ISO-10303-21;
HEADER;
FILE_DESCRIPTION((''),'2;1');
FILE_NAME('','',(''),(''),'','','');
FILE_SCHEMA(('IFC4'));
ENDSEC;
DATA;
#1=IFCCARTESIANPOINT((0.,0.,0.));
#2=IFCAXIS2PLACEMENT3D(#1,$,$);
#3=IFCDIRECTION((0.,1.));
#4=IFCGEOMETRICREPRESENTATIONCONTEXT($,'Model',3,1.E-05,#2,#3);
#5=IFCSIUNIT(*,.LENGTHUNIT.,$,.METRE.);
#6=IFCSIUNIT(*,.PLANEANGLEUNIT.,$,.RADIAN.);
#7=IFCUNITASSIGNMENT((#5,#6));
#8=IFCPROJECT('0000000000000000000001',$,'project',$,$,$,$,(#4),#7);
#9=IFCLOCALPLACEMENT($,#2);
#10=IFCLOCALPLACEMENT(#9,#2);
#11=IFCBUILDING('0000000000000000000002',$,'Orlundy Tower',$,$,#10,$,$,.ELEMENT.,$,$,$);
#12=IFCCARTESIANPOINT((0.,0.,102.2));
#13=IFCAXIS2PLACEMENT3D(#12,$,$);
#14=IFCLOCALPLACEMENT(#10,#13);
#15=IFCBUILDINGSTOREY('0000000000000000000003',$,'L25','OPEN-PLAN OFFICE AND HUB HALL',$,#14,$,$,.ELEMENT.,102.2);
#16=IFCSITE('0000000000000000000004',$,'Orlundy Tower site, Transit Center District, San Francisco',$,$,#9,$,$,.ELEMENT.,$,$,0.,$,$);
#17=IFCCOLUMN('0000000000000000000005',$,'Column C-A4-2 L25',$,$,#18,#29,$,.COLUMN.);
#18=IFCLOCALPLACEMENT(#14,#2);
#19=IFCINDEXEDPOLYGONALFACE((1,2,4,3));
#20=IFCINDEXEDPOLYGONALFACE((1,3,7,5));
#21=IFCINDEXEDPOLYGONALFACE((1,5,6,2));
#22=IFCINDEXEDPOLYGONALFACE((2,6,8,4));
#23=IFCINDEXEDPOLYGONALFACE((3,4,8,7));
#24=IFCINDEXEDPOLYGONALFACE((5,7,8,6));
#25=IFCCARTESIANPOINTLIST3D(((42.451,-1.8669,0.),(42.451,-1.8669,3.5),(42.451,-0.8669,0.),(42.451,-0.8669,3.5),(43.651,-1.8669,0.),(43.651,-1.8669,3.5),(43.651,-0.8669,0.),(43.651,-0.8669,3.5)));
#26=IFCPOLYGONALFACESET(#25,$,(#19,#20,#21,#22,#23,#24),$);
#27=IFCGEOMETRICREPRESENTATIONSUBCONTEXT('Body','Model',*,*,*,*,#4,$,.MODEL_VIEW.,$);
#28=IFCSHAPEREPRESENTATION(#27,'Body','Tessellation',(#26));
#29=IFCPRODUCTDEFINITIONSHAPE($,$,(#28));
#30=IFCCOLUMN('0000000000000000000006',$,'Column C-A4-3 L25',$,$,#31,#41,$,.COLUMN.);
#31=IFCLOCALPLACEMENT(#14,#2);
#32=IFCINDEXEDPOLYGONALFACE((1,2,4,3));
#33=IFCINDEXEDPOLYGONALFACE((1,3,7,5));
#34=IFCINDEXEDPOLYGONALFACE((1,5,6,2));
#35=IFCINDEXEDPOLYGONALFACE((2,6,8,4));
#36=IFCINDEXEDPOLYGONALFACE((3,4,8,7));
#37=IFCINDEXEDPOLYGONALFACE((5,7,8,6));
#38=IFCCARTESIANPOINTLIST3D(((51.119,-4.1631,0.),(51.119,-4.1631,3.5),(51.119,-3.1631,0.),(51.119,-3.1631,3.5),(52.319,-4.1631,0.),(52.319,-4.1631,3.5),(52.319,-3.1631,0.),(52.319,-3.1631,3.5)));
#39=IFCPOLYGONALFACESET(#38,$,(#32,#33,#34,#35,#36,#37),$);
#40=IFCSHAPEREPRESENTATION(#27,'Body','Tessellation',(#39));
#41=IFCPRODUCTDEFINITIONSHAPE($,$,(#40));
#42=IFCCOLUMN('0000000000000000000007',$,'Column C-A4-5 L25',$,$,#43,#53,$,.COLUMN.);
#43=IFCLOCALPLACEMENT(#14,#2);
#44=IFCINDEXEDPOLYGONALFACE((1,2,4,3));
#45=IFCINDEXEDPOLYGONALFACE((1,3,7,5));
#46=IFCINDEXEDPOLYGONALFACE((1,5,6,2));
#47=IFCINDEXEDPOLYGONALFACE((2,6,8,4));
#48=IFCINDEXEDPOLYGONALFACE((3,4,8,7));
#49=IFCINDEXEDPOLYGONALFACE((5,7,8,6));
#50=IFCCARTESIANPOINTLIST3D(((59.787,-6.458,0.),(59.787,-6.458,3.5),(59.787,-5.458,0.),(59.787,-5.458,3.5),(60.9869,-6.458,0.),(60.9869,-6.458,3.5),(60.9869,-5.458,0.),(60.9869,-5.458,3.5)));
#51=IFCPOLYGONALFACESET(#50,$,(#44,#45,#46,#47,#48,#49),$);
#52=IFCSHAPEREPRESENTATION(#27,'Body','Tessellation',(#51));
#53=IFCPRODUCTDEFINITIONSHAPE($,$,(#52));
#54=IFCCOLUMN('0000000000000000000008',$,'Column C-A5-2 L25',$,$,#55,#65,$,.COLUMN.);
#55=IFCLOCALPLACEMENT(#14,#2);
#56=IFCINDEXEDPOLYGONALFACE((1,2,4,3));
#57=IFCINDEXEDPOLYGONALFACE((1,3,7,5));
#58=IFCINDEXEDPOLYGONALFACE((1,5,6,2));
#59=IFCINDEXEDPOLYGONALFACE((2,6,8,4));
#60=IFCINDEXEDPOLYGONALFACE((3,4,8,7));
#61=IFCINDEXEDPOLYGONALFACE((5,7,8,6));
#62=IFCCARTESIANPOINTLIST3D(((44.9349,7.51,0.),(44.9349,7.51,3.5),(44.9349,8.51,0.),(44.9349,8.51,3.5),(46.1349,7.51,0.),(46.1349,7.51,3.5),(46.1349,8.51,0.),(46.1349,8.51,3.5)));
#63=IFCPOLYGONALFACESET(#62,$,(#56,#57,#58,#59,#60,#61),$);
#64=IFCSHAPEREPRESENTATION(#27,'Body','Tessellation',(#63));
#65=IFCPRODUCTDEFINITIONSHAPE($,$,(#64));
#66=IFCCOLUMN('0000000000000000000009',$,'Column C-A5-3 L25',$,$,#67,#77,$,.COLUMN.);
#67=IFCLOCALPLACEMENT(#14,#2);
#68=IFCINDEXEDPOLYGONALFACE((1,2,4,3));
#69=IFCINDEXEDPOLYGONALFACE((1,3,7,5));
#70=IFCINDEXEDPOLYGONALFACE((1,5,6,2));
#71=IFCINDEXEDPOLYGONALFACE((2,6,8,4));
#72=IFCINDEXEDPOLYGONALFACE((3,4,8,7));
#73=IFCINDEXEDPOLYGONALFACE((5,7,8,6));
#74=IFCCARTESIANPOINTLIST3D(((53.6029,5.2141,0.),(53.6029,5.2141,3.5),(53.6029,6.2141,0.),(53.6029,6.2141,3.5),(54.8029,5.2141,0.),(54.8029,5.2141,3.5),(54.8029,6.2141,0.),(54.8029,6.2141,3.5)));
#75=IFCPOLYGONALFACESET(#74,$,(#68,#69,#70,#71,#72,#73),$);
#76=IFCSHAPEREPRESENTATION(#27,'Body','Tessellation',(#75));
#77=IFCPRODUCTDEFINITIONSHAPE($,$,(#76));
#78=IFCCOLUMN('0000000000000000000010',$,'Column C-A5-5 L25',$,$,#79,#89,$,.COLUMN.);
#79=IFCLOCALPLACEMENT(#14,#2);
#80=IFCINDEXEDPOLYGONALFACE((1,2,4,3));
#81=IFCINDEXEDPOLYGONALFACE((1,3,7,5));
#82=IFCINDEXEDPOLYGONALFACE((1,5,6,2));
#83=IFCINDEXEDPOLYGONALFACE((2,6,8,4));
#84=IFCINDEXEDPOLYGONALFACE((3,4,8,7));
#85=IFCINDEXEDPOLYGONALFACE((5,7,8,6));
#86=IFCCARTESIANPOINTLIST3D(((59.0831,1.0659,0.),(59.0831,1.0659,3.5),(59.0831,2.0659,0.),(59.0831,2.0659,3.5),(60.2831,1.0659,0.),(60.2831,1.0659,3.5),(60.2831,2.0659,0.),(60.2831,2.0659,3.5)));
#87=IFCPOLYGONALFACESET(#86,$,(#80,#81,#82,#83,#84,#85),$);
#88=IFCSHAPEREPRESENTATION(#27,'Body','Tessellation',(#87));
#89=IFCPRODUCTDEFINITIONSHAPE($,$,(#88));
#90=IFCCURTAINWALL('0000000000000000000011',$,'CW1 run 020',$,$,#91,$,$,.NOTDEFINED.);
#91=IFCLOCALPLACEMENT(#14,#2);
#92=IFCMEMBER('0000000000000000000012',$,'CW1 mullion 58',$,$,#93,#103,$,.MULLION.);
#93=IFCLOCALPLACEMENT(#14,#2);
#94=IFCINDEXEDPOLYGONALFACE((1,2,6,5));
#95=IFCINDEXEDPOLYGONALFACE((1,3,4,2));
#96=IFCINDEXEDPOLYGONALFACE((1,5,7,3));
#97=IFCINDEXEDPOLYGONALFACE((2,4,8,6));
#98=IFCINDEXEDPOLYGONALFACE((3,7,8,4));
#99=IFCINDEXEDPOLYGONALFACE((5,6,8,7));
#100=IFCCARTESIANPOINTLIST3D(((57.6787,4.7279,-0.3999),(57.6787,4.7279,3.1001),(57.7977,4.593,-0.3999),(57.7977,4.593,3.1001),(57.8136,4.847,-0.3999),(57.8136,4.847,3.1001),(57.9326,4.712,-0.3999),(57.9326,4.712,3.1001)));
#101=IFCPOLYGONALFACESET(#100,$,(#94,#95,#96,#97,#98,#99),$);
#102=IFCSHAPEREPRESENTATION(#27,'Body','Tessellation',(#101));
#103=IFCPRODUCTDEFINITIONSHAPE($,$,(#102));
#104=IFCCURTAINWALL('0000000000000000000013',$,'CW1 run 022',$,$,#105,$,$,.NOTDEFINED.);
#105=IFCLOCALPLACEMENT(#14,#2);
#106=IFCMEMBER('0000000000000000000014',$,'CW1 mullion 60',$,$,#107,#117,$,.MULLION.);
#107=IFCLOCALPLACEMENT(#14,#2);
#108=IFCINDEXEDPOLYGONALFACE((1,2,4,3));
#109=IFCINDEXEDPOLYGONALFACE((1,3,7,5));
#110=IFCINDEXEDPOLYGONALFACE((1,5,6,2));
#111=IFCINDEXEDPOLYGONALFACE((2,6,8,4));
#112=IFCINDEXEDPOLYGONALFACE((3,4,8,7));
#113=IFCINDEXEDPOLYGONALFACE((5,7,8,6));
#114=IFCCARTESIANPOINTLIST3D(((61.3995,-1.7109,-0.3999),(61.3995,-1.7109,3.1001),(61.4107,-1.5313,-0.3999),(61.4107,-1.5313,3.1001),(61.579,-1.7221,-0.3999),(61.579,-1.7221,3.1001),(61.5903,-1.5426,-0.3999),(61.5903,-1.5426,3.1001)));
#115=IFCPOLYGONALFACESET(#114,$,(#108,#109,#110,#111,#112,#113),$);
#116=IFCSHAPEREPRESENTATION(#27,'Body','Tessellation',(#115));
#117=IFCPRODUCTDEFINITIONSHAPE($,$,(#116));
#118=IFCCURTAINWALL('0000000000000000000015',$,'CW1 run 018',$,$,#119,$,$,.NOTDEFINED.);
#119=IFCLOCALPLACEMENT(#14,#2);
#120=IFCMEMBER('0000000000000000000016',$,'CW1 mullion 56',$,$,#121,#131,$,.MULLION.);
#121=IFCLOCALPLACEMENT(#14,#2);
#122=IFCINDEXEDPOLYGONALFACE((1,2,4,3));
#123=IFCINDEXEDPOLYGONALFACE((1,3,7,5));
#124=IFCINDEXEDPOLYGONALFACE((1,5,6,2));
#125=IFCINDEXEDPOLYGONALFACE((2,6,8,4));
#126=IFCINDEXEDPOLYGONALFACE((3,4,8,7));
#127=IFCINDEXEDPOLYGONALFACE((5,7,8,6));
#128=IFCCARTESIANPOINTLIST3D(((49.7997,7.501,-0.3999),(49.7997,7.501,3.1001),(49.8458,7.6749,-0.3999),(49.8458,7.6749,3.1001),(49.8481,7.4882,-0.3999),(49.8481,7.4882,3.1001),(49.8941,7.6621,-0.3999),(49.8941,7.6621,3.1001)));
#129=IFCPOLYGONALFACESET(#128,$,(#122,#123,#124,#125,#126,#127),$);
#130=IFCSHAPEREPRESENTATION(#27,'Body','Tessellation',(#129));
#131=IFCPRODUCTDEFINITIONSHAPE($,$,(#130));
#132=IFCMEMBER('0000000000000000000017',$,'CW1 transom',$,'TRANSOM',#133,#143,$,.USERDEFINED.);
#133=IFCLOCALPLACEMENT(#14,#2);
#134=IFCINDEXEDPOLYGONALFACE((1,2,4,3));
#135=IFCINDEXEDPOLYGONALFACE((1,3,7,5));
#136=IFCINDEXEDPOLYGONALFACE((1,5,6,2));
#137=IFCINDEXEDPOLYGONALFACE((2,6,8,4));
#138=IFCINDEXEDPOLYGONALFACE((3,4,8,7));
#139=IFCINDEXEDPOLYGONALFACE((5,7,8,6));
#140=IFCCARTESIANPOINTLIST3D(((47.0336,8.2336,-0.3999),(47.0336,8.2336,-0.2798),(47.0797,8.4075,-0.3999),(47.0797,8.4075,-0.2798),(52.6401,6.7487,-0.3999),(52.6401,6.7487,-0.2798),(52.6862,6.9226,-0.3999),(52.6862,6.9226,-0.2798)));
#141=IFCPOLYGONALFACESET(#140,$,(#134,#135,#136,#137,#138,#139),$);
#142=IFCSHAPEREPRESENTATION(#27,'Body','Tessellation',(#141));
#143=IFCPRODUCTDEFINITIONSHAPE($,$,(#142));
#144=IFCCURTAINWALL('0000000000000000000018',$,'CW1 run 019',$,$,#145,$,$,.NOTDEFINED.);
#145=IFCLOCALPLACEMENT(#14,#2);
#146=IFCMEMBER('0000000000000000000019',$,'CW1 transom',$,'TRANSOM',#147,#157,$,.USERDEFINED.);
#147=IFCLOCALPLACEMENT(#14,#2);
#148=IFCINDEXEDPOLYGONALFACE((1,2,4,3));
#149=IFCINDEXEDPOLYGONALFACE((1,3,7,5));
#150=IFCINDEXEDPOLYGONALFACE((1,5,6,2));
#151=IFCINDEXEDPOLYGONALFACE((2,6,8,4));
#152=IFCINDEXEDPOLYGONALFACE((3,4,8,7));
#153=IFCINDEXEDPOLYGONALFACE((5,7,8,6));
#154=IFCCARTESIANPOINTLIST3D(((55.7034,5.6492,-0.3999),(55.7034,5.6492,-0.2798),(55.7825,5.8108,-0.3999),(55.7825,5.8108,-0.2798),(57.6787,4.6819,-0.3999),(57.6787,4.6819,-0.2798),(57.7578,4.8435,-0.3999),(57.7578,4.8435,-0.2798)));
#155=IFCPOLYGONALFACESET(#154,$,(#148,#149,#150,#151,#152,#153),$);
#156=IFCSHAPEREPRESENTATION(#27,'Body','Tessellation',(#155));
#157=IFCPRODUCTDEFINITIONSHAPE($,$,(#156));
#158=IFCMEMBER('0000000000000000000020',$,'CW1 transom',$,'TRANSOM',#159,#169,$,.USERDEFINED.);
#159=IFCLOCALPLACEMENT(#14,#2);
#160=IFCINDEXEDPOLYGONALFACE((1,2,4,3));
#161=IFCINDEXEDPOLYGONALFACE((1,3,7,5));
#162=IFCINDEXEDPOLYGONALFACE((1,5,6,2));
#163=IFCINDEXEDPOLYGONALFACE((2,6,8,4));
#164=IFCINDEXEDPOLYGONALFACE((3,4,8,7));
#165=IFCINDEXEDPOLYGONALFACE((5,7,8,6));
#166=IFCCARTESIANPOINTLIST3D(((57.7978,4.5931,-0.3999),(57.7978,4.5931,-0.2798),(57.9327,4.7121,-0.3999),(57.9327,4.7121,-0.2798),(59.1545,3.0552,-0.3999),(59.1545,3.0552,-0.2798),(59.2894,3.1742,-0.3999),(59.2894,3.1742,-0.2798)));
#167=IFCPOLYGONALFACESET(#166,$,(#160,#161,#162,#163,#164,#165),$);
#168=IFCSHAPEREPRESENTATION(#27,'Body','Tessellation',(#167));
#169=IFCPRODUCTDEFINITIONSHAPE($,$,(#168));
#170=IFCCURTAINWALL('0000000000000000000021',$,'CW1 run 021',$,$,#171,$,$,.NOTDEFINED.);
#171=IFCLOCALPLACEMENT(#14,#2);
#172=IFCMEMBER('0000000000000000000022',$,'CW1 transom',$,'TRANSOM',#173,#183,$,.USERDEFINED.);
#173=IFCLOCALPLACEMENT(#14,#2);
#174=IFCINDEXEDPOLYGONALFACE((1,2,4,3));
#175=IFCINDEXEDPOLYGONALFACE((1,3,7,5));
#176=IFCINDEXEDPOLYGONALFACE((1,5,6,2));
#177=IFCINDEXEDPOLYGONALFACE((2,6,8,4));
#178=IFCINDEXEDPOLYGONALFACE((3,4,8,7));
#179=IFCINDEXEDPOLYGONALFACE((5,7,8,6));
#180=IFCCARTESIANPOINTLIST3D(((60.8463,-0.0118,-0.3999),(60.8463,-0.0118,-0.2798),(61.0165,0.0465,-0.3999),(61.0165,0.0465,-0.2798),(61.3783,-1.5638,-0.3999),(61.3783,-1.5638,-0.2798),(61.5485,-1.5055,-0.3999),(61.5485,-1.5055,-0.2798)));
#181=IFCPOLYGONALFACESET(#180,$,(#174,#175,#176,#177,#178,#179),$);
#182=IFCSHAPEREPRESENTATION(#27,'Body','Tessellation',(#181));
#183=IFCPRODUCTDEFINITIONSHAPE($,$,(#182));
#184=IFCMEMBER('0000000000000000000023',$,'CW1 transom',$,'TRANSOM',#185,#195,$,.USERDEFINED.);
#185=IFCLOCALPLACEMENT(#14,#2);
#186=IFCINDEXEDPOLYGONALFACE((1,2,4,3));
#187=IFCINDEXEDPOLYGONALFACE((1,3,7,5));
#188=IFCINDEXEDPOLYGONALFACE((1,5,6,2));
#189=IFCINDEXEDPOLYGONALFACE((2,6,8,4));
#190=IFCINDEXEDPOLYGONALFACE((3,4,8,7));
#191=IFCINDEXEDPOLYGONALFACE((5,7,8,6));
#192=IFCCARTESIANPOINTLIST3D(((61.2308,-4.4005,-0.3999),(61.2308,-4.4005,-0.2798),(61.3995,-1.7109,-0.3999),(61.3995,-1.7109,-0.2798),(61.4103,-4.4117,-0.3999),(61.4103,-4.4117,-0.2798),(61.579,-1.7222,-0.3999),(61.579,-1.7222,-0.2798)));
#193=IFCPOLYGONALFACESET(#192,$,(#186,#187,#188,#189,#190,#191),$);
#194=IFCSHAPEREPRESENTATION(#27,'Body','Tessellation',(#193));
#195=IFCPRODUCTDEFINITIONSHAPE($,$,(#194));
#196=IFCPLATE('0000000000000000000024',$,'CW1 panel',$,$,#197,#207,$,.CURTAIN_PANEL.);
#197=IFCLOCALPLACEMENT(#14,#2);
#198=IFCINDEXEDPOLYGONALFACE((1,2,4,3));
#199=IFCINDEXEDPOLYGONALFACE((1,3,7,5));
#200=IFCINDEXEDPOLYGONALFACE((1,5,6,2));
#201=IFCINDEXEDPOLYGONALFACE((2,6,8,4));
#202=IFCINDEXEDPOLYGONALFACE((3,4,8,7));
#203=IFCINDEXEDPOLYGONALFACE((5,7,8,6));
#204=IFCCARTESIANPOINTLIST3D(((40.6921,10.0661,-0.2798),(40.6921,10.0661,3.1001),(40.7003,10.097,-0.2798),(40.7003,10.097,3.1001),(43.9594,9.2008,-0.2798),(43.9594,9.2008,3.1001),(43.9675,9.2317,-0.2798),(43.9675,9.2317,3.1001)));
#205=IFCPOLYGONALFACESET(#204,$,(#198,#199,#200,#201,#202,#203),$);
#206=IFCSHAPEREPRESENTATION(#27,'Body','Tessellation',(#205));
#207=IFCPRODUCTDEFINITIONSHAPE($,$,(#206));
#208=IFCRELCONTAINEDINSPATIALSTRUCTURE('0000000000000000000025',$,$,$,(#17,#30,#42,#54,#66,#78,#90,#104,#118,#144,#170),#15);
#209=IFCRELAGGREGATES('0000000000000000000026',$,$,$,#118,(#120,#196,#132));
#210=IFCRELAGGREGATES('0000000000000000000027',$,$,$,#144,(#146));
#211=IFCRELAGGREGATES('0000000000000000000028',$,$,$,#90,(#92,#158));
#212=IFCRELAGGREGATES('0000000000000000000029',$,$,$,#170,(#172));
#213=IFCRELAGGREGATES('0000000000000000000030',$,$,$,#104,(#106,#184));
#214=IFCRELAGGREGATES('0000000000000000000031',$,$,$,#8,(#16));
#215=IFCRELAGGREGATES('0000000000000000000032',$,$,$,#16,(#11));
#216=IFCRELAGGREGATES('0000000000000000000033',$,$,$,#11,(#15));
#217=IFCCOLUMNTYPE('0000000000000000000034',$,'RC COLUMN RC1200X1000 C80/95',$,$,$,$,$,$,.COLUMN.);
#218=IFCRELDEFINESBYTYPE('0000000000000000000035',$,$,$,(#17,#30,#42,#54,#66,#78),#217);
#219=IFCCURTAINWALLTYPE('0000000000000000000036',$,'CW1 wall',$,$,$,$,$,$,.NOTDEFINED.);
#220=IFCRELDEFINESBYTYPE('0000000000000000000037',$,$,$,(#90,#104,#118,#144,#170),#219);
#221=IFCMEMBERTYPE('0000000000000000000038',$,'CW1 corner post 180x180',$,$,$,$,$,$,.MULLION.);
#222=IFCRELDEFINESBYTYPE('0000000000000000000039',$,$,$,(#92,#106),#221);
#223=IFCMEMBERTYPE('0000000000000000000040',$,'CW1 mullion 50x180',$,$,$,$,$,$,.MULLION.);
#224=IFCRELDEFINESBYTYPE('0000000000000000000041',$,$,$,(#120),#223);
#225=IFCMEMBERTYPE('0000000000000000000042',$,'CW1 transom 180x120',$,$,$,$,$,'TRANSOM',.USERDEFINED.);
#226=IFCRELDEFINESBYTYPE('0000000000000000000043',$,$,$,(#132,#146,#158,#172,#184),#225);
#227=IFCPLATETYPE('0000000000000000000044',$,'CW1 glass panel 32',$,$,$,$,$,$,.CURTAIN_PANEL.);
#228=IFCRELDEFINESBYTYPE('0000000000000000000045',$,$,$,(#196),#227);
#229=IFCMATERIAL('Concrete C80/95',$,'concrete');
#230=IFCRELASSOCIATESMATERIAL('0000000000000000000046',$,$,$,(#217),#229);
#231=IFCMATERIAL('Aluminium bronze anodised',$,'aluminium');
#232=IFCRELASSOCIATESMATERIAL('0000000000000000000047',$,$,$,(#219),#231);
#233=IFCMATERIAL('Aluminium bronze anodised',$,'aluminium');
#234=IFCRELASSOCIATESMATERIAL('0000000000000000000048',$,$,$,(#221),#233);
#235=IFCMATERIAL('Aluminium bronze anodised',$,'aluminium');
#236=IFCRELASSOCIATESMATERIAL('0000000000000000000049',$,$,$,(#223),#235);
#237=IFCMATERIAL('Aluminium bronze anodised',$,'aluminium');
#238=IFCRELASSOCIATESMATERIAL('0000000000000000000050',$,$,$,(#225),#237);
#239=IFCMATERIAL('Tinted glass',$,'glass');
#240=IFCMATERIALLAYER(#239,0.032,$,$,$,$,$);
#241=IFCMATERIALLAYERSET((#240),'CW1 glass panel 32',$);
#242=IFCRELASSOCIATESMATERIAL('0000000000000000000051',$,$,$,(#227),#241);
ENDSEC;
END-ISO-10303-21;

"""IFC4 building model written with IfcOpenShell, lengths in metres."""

from ifc_helpers import new_model, si_unit, direction, frame, origin, origin_2d, place, context, subcontext, project, spatial, rectangle, extrude, material, layer, layer_set, material_profile, profile_set, type_object, element, aggregate, save


model = new_model("IFC4")

# Units and contexts
model_context = context("Model", 3, precision=1e-05, world=origin(), true_north=direction((0.0, 1.0)))
body_context = subcontext(model_context, "Body", "Model", "MODEL_VIEW")
ifc_project = project(units=[si_unit("LENGTHUNIT", "METRE"), si_unit("PLANEANGLEUNIT", "RADIAN")], contexts=[model_context])

# Site, building, storey
site_placement = place(None, origin())
site = spatial("IfcSite", under=ifc_project, at=site_placement, Name="Orlundy Tower site, Transit Center District, San Francisco", CompositionType="ELEMENT", RefElevation=0.0)
building_placement = place(site_placement, origin())
building = spatial("IfcBuilding", under=site, at=building_placement, Name="Orlundy Tower", CompositionType="ELEMENT")
storey_placement = place(building_placement, frame((0.0, 0.0, 102.2)))
storey = spatial("IfcBuildingStorey", under=building, at=storey_placement, Name="L25", Description="OPEN-PLAN OFFICE AND HUB HALL", CompositionType="ELEMENT", Elevation=102.2)

# Columns
ifc_material_1 = material(Name="Concrete C80/95", Category="concrete")
ifc_material_profile_1 = material_profile(ifc_material_1, rectangle(XDim=1.2, YDim=1.0, at=origin_2d()), Name="RC1200X1000")
ifc_profile_set_1 = profile_set([ifc_material_profile_1], Name="Concrete C80/95")
column_type = type_object("IfcColumnType", Name="RC COLUMN RC1200X1000 C80/95", PredefinedType="COLUMN", material=ifc_profile_set_1)
for number, where, z_axis, x_axis, name in (
    (1, (43.051, -1.3669, 0.0), (0.0, 0.0, 1.0), (1.0, 0.0, 0.0), "Column C-A4-2 L25"),
    (2, (51.719, -3.6631, 0.0), (0.0, 0.0, 1.0), (1.0, 0.0, 0.0), "Column C-A4-3 L25"),
    (3, (60.387, -5.958, 0.0), (0.0, 0.0, 1.0), (1.0, 0.0, 0.0), "Column C-A4-5 L25"),
    (4, (45.5349, 8.01, 0.0), (0.0, 0.0, 1.0), (1.0, 0.0, 0.0), "Column C-A5-2 L25"),
    (5, (54.2029, 5.7141, 0.0), (0.0, 0.0, 1.0), (1.0, 0.0, 0.0), "Column C-A5-3 L25"),
    (6, (59.6831, 1.5659, 0.0), (0.0, 0.0, 1.0), (1.0, 0.0, 0.0), "Column C-A5-5 L25"),
):
    element("IfcColumn", number, at=place(storey_placement, frame(where, z_axis=z_axis, x_axis=x_axis)), inside=storey, type_object=column_type, Name=name, PredefinedType="COLUMN", context=body_context, shape_type="SweptSolid", body=[
        extrude(rectangle(XDim=1.2, YDim=1.0, at=origin_2d()), origin(), (0.0, 0.0, 1.0), 3.5),
    ])

# Curtain walls, members
ifc_material_2 = material(Name="Aluminium bronze anodised", Category="aluminium")
curtain_wall_type = type_object("IfcCurtainWallType", Name="CW1 wall", PredefinedType="NOTDEFINED", material=ifc_material_2)
curtain_wall_1_placement = place(storey_placement, origin())
curtain_wall_1 = element("IfcCurtainWall", 7, at=curtain_wall_1_placement, inside=storey, type_object=curtain_wall_type, Name="CW1 run 020", PredefinedType="NOTDEFINED")
ifc_material_3 = material(Name="Aluminium bronze anodised", Category="aluminium")
ifc_material_profile_2 = material_profile(ifc_material_3, rectangle(XDim=0.1799, YDim=0.1799, at=origin_2d()), Name="CW1 corner post 180x180")
ifc_profile_set_2 = profile_set([ifc_material_profile_2], Name="Aluminium bronze anodised")
member_type_1 = type_object("IfcMemberType", Name="CW1 corner post 180x180", PredefinedType="MULLION", material=ifc_profile_set_2)
member_1_placement = place(storey_placement, frame((57.8057, 4.72, -0.3999), z_axis=(0.0, 0.0, 1.0), x_axis=(0.749846, 0.661613, 0.0)))
member_1 = element("IfcMember", 8, at=member_1_placement, type_object=member_type_1, Name="CW1 mullion 58", PredefinedType="MULLION", context=body_context, shape_type="SweptSolid", body=[
    extrude(rectangle(XDim=0.1799, YDim=0.1799, at=origin_2d()), origin(), (0.0, 0.0, 1.0), 3.5),
])
curtain_wall_2_placement = place(storey_placement, origin())
curtain_wall_2 = element("IfcCurtainWall", 9, at=curtain_wall_2_placement, inside=storey, type_object=curtain_wall_type, Name="CW1 run 022", PredefinedType="NOTDEFINED")
member_2_placement = place(storey_placement, frame((61.4949, -1.6267, -0.3999), z_axis=(0.0, 0.0, 1.0), x_axis=(0.998039, -0.062597, 0.0)))
member_2 = element("IfcMember", 10, at=member_2_placement, type_object=member_type_1, Name="CW1 mullion 60", PredefinedType="MULLION", context=body_context, shape_type="SweptSolid", body=[
    extrude(rectangle(XDim=0.1799, YDim=0.1799, at=origin_2d()), origin(), (0.0, 0.0, 1.0), 3.5),
])

# Curtain wall, members
curtain_wall_3_placement = place(storey_placement, origin())
curtain_wall_3 = element("IfcCurtainWall", 11, at=curtain_wall_3_placement, inside=storey, type_object=curtain_wall_type, Name="CW1 run 018", PredefinedType="NOTDEFINED")
ifc_material_4 = material(Name="Aluminium bronze anodised", Category="aluminium")
ifc_material_profile_3 = material_profile(ifc_material_4, rectangle(XDim=0.1799, YDim=0.05, at=origin_2d()), Name="CW1 mullion 50x180")
ifc_profile_set_3 = profile_set([ifc_material_profile_3], Name="Aluminium bronze anodised")
member_type_2 = type_object("IfcMemberType", Name="CW1 mullion 50x180", PredefinedType="MULLION", material=ifc_profile_set_3)
member_3_placement = place(storey_placement, frame((49.8469, 7.5815, -0.3999), z_axis=(0.0, 0.0, 1.0), x_axis=(0.25602, 0.966672, 0.0)))
member_3 = element("IfcMember", 12, at=member_3_placement, type_object=member_type_2, Name="CW1 mullion 56", PredefinedType="MULLION", context=body_context, shape_type="SweptSolid", body=[
    extrude(rectangle(XDim=0.1799, YDim=0.05, at=origin_2d()), origin(), (0.0, 0.0, 1.0), 3.5),
])
ifc_material_5 = material(Name="Aluminium bronze anodised", Category="aluminium")
ifc_material_profile_4 = material_profile(ifc_material_5, rectangle(XDim=0.1799, YDim=0.1201, at=origin_2d()), Name="CW1 transom 180x120")
ifc_profile_set_4 = profile_set([ifc_material_profile_4], Name="Aluminium bronze anodised")
member_type_3 = type_object("IfcMemberType", Name="CW1 transom 180x120", ElementType="TRANSOM", PredefinedType="USERDEFINED", material=ifc_profile_set_4)
member_4_placement = place(storey_placement, frame((47.0566, 8.3206, -0.3398), z_axis=(0.966671, -0.256022, 0.0), x_axis=(0.256022, 0.966671, 0.0)))
member_4 = element("IfcMember", 13, at=member_4_placement, type_object=member_type_3, Name="CW1 transom", ObjectType="TRANSOM", PredefinedType="USERDEFINED", context=body_context, shape_type="SweptSolid", body=[
    extrude(rectangle(XDim=0.1799, YDim=0.1201, at=origin_2d()), origin(), (0.0, 0.0, 1.0), 5.7998),
])

# Curtain wall, member
curtain_wall_4_placement = place(storey_placement, origin())
curtain_wall_4 = element("IfcCurtainWall", 14, at=curtain_wall_4_placement, inside=storey, type_object=curtain_wall_type, Name="CW1 run 019", PredefinedType="NOTDEFINED")
member_5_placement = place(storey_placement, frame((55.7429, 5.73, -0.3398), z_axis=(0.898104, -0.439783, 0.0), x_axis=(0.439783, 0.898104, 0.0)))
member_5 = element("IfcMember", 15, at=member_5_placement, type_object=member_type_3, Name="CW1 transom", ObjectType="TRANSOM", PredefinedType="USERDEFINED", context=body_context, shape_type="SweptSolid", body=[
    extrude(rectangle(XDim=0.1799, YDim=0.1201, at=origin_2d()), origin(), (0.0, 0.0, 1.0), 2.1995),
])

# Member
member_6_placement = place(storey_placement, frame((57.8652, 4.6526, -0.3398), z_axis=(0.661559, -0.749893, 0.0), x_axis=(0.749893, 0.661559, 0.0)))
member_6 = element("IfcMember", 16, at=member_6_placement, type_object=member_type_3, Name="CW1 transom", ObjectType="TRANSOM", PredefinedType="USERDEFINED", context=body_context, shape_type="SweptSolid", body=[
    extrude(rectangle(XDim=0.1799, YDim=0.1201, at=origin_2d()), origin(), (0.0, 0.0, 1.0), 2.0508),
])

# Curtain wall, member
curtain_wall_5_placement = place(storey_placement, origin())
curtain_wall_5 = element("IfcCurtainWall", 17, at=curtain_wall_5_placement, inside=storey, type_object=curtain_wall_type, Name="CW1 run 021", PredefinedType="NOTDEFINED")
member_7_placement = place(storey_placement, frame((60.9314, 0.0173, -0.3398), z_axis=(0.324252, -0.945971, 0.0), x_axis=(0.945971, 0.324252, 0.0)))
member_7 = element("IfcMember", 18, at=member_7_placement, type_object=member_type_3, Name="CW1 transom", ObjectType="TRANSOM", PredefinedType="USERDEFINED", context=body_context, shape_type="SweptSolid", body=[
    extrude(rectangle(XDim=0.1799, YDim=0.1201, at=origin_2d()), origin(), (0.0, 0.0, 1.0), 1.6406),
])

# Member
member_8_placement = place(storey_placement, frame((61.4893, -1.7166, -0.3398), z_axis=(-0.062604, -0.998038, 0.0), x_axis=(0.998038, -0.062604, 0.0)))
member_8 = element("IfcMember", 19, at=member_8_placement, type_object=member_type_3, Name="CW1 transom", ObjectType="TRANSOM", PredefinedType="USERDEFINED", context=body_context, shape_type="SweptSolid", body=[
    extrude(rectangle(XDim=0.1799, YDim=0.1201, at=origin_2d()), origin(), (0.0, 0.0, 1.0), 2.6948),
])

# Plate
ifc_material_6 = material(Name="Tinted glass", Category="glass")
ifc_layer = layer(ifc_material_6, 0.032)
ifc_layer_set = layer_set([ifc_layer], Name="CW1 glass panel 32")
plate_type = type_object("IfcPlateType", Name="CW1 glass panel 32", PredefinedType="CURTAIN_PANEL", material=ifc_layer_set)
plate_1_placement = place(storey_placement, frame((42.3298, 9.6489, -0.2798), z_axis=(0.0, 0.0, 1.0), x_axis=(0.966672, -0.25602, 0.0)))
plate_1 = element("IfcPlate", 20, at=plate_1_placement, type_object=plate_type, Name="CW1 panel", PredefinedType="CURTAIN_PANEL", context=body_context, shape_type="SweptSolid", body=[
    extrude(rectangle(XDim=3.3799, YDim=0.032, at=origin_2d()), origin(), (0.0, 0.0, 1.0), 3.3799),
])
aggregate(curtain_wall_3, [member_3, plate_1, member_4])
aggregate(curtain_wall_4, [member_5])
aggregate(curtain_wall_1, [member_1, member_6])
aggregate(curtain_wall_5, [member_7])
aggregate(curtain_wall_2, [member_2, member_8])

save(model, "model.ifc")
